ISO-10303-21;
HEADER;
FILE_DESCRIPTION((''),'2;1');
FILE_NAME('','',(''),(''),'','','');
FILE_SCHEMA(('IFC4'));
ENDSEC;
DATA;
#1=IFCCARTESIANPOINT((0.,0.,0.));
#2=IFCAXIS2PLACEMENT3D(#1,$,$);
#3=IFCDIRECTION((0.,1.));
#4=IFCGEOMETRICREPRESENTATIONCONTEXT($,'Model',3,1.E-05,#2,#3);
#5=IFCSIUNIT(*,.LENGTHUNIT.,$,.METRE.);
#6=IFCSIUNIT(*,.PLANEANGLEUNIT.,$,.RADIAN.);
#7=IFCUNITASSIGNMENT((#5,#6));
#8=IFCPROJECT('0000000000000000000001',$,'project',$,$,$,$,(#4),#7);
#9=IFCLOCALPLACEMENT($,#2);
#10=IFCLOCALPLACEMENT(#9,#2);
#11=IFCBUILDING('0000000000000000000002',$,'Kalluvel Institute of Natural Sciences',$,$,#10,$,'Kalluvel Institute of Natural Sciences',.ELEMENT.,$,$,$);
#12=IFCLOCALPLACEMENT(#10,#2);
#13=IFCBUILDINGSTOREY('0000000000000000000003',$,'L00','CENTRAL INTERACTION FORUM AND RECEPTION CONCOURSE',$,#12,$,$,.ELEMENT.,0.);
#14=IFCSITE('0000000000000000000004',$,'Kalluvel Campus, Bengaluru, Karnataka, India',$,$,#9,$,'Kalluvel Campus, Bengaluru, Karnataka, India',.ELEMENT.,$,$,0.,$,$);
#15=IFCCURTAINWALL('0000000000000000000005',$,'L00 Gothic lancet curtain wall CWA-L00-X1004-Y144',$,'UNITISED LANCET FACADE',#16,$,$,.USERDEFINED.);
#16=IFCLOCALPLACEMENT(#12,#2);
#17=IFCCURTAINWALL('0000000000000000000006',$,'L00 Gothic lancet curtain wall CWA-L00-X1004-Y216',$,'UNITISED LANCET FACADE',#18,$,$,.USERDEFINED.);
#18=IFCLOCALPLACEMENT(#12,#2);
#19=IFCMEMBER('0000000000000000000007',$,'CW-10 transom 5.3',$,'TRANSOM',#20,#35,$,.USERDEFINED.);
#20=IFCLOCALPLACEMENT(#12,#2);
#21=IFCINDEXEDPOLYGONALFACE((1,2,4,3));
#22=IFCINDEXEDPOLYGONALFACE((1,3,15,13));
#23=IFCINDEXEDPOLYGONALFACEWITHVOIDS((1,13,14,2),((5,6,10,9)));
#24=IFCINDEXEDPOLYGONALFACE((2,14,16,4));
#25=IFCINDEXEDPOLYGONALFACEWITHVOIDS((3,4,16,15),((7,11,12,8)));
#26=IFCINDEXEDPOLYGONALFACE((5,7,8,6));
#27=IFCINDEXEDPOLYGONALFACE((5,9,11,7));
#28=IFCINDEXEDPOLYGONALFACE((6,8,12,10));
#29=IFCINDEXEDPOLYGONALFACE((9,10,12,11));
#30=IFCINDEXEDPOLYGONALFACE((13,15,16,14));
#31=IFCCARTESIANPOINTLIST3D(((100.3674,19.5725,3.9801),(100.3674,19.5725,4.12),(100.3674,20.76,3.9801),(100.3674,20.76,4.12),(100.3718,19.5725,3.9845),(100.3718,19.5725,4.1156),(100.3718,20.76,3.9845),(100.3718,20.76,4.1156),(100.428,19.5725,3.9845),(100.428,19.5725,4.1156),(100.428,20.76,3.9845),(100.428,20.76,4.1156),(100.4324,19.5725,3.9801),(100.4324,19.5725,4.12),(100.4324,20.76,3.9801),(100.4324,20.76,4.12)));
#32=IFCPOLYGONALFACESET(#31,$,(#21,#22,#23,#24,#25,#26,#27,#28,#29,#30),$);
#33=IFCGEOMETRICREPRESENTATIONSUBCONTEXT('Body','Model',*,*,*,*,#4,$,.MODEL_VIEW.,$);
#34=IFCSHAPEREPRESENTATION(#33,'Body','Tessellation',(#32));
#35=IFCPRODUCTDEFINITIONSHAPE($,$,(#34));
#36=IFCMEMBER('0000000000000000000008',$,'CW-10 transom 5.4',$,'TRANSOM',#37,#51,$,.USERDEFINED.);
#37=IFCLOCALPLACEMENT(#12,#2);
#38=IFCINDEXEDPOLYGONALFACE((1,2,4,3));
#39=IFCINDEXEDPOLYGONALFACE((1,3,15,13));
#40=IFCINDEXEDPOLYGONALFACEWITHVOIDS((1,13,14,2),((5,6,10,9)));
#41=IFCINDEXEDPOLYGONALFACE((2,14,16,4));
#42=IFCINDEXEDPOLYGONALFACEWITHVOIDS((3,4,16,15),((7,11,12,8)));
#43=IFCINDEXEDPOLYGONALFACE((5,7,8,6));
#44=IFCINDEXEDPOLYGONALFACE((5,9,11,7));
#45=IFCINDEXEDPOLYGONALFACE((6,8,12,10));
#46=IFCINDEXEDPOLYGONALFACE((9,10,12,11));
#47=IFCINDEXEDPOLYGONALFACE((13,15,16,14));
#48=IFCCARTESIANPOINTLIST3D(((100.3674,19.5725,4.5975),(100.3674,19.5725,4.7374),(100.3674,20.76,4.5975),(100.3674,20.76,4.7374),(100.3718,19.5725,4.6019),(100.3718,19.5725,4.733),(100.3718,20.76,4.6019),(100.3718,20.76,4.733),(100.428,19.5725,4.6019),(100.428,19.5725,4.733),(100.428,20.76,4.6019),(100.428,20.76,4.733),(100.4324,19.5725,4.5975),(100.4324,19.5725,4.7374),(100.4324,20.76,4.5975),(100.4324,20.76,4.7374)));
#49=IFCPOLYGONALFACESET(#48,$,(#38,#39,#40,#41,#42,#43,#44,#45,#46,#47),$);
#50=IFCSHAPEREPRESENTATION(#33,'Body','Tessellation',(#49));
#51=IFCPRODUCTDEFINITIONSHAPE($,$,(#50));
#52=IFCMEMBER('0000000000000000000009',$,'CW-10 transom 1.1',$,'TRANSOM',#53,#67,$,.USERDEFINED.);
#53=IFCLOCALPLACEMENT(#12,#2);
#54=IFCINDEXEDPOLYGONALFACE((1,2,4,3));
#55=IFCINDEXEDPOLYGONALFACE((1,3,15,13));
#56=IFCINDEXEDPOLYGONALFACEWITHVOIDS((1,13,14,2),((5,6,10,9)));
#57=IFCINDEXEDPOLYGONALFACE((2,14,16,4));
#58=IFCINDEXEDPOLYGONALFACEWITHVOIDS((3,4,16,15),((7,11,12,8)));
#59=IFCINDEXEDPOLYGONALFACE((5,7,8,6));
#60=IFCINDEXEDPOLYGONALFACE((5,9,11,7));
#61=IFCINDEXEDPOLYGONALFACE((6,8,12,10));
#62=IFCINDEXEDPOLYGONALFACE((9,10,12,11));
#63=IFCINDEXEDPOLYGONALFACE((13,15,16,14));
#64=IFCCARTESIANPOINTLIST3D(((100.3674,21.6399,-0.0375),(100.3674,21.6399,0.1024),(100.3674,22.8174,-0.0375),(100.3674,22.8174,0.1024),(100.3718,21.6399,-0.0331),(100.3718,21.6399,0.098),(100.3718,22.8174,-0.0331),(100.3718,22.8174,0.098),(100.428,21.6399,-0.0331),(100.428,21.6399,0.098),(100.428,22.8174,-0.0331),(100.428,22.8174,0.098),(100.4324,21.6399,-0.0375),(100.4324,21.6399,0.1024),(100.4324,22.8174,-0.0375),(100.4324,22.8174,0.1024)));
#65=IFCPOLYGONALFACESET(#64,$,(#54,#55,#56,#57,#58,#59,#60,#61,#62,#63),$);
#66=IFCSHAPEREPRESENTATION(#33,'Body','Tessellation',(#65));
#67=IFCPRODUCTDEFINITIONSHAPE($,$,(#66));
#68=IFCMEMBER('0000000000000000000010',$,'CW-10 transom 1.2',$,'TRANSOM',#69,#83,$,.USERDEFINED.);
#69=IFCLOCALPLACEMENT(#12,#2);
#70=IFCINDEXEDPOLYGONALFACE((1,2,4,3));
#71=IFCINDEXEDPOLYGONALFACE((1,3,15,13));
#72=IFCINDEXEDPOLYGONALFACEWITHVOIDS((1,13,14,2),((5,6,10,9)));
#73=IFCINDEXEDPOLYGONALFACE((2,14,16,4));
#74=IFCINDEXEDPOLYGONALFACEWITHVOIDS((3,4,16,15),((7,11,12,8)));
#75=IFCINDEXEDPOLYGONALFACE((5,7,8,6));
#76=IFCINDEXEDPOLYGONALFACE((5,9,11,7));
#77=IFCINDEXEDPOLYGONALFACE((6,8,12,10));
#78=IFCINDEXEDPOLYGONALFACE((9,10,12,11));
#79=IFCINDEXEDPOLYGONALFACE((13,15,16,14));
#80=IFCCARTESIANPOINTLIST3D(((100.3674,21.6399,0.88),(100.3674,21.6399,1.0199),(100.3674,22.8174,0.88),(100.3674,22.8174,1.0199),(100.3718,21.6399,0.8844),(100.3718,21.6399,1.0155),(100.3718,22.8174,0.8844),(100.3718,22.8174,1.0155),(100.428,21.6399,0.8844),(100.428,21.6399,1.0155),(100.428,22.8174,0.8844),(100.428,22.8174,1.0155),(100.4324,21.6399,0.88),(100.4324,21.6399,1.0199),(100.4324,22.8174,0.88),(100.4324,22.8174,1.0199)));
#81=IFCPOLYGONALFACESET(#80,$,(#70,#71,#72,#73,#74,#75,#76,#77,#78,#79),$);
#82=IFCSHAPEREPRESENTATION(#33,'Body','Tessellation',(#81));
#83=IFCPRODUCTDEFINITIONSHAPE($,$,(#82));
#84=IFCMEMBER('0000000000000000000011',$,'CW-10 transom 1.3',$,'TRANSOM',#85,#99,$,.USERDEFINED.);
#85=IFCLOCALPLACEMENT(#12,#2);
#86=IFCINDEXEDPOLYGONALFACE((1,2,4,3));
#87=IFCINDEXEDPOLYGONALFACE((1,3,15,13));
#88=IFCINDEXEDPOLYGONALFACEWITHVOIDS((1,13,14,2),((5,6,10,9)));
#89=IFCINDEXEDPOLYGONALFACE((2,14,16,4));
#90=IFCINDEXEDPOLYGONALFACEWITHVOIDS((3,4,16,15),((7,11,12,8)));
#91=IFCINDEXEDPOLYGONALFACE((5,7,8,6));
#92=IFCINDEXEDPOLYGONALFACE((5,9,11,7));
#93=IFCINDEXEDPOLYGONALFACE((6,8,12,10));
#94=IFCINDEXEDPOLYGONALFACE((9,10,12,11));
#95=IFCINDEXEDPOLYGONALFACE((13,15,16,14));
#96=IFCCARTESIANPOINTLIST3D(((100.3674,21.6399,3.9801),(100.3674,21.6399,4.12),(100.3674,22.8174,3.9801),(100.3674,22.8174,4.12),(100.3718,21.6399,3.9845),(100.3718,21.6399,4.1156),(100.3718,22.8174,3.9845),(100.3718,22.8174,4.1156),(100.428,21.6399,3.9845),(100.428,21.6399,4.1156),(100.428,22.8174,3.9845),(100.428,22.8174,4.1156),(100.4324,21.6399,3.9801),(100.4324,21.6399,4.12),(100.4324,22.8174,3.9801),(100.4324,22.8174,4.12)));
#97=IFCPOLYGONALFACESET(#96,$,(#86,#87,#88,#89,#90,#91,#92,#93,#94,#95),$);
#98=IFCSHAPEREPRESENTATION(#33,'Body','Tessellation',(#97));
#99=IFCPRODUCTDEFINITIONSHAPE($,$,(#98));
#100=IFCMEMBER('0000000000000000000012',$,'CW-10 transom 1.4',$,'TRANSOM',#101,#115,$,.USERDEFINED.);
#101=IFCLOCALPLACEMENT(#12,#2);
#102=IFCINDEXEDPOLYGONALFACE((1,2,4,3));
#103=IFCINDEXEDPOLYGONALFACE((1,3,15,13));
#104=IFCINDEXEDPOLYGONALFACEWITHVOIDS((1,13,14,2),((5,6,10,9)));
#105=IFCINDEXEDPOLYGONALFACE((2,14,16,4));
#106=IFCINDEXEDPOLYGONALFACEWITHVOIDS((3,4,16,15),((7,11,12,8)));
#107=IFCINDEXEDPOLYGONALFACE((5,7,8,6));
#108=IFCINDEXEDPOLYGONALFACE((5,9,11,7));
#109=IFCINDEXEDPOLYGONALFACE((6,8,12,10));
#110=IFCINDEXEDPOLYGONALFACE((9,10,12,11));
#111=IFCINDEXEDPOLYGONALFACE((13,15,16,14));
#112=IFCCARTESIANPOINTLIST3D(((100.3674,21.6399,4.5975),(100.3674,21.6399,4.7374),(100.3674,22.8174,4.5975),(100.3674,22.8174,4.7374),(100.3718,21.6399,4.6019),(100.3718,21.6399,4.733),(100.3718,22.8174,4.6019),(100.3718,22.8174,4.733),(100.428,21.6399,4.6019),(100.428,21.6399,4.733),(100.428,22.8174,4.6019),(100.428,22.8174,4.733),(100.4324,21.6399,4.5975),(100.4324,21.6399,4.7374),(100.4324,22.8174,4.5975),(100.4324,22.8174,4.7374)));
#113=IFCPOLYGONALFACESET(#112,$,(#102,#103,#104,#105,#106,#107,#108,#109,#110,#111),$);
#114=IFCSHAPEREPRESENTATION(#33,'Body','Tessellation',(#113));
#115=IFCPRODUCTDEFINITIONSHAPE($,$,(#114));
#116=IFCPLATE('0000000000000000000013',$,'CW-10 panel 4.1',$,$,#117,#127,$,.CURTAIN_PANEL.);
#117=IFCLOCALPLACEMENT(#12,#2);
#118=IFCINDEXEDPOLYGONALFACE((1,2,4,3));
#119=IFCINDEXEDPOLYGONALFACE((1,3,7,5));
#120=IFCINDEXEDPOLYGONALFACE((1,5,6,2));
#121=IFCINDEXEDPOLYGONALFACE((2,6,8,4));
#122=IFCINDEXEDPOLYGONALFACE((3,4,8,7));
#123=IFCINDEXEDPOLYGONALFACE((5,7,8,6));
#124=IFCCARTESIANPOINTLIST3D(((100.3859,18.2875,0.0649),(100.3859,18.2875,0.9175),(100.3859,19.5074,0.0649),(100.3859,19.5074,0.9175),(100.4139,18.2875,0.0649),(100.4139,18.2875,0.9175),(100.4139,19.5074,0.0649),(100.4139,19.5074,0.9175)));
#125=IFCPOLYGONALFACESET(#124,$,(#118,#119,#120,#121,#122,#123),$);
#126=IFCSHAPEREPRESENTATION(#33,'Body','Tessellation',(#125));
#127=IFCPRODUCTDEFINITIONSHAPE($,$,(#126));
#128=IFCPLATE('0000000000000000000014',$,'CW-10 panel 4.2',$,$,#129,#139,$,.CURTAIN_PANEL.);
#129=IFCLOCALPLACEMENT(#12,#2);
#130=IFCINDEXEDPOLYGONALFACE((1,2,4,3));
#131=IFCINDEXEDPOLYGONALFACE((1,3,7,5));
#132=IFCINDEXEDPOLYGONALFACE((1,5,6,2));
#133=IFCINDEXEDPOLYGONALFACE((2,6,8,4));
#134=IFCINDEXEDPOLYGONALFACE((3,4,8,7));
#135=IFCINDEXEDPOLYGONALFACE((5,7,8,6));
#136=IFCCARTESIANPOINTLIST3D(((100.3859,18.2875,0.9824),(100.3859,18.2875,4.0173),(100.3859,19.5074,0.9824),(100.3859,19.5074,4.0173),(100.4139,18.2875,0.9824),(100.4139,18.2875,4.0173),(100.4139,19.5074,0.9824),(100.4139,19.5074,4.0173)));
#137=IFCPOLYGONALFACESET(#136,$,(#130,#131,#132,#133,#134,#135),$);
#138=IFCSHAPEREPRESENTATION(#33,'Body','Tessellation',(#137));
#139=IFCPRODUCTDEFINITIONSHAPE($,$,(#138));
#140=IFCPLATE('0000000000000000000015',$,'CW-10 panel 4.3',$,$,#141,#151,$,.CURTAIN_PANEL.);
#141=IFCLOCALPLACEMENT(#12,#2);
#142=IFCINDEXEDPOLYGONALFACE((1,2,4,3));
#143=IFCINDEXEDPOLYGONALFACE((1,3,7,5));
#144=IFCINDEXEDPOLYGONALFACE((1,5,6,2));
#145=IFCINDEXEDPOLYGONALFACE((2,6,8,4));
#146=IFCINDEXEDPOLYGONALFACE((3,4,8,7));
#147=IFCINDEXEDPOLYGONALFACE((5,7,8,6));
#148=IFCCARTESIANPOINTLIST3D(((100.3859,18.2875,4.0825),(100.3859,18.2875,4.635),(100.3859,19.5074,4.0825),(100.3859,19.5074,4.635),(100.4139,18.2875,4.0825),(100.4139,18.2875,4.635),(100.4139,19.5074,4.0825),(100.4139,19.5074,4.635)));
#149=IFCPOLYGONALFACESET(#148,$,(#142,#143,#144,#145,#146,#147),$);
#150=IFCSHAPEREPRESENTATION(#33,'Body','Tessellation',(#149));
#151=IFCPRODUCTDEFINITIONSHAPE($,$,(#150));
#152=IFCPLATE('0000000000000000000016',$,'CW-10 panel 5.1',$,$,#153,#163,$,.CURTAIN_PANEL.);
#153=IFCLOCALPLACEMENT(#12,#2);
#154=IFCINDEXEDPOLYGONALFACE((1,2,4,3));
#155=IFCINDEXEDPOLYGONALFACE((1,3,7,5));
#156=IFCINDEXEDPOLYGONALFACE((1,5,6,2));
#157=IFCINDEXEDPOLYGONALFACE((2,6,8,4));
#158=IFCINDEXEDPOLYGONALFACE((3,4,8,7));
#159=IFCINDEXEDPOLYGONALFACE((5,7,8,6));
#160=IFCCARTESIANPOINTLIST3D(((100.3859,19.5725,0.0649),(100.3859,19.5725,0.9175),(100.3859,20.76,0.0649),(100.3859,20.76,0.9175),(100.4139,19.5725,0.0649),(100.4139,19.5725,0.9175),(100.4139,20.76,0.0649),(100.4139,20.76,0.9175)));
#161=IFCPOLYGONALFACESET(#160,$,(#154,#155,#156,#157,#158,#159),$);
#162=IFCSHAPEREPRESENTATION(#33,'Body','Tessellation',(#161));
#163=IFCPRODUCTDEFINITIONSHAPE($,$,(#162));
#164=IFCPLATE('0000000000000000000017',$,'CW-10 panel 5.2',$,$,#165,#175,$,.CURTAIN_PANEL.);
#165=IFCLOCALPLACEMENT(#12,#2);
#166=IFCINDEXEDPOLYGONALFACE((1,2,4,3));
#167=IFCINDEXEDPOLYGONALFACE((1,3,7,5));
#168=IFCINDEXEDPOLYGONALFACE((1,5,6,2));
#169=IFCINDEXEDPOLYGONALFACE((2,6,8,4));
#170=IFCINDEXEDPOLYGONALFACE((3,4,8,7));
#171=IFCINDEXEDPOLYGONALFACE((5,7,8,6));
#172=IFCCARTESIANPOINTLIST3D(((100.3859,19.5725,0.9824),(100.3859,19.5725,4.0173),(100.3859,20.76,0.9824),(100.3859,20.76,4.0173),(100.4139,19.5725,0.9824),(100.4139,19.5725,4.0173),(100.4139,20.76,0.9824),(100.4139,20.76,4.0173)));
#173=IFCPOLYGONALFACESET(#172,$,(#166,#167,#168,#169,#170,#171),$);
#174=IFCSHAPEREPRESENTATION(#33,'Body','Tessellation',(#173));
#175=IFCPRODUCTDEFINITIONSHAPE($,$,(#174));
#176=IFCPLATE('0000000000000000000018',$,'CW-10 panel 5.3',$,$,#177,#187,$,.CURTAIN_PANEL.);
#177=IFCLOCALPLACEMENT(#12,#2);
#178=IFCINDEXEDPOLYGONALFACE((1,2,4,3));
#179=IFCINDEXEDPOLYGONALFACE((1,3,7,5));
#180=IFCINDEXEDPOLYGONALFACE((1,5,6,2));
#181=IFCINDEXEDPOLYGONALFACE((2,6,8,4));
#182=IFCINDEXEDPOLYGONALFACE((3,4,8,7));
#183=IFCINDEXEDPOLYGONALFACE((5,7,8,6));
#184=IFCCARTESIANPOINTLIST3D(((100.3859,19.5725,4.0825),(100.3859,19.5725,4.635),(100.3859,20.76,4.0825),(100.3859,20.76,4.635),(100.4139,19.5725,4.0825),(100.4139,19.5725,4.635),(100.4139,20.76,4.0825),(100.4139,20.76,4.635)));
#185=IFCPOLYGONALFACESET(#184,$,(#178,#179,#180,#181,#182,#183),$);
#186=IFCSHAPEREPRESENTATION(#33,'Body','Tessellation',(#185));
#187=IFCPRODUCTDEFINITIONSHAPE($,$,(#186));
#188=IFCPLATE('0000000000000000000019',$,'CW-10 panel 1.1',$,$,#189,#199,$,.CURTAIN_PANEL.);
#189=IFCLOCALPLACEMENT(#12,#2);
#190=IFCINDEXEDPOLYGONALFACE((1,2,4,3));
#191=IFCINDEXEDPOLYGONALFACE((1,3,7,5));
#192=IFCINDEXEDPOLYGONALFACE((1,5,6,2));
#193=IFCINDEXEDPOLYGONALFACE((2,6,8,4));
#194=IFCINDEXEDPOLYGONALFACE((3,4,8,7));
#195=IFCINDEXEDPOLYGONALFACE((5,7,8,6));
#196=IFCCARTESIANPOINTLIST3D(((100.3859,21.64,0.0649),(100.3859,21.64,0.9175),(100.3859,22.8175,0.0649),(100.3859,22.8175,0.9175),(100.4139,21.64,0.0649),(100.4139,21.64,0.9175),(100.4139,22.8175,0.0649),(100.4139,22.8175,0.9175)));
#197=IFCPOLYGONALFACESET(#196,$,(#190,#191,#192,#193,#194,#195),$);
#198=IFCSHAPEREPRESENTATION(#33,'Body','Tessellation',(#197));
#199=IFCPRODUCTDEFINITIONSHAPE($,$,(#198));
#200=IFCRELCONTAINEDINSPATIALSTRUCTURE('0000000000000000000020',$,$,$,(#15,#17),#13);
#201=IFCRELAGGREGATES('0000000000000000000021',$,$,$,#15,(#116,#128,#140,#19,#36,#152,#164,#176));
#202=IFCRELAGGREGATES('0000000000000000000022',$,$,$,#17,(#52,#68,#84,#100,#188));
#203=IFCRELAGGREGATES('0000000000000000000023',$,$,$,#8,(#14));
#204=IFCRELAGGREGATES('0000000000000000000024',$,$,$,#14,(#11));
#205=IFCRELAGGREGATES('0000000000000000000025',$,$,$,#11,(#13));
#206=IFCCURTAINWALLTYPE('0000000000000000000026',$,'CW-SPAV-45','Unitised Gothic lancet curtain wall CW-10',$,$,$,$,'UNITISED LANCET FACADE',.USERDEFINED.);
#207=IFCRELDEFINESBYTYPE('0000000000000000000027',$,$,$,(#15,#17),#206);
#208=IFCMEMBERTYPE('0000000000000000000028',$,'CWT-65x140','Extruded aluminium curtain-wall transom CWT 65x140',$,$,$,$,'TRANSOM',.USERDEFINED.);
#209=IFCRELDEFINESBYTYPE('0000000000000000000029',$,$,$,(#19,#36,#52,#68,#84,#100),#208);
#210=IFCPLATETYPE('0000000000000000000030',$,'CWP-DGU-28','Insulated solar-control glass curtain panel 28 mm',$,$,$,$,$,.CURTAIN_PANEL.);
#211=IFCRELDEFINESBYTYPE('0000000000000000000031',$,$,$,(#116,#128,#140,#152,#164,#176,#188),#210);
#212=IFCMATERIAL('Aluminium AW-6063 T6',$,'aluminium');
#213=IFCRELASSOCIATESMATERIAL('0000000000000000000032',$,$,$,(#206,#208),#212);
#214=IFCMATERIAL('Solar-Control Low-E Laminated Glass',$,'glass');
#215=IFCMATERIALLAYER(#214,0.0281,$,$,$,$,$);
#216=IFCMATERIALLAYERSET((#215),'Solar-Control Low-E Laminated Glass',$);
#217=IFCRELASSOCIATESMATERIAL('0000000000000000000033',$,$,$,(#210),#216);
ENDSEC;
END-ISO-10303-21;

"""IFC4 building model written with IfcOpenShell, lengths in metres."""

from ifc_helpers import new_model, si_unit, direction, frame, origin, origin_2d, place, context, subcontext, project, spatial, rectangle, hollow_rectangle, extrude, material, layer, layer_set, material_profile, profile_set, type_object, element, aggregate, save


model = new_model("IFC4")

# Units and contexts
model_context = context("Model", 3, precision=1e-05, world=origin(), true_north=direction((0.0, 1.0)))
body_context = subcontext(model_context, "Body", "Model", "MODEL_VIEW")
ifc_project = project(units=[si_unit("LENGTHUNIT", "METRE"), si_unit("PLANEANGLEUNIT", "RADIAN")], contexts=[model_context])

# Site, building, storey
site_placement = place(None, origin())
site = spatial("IfcSite", under=ifc_project, at=site_placement, Name="Kalluvel Campus, Bengaluru, Karnataka, India", LongName="Kalluvel Campus, Bengaluru, Karnataka, India", CompositionType="ELEMENT", RefElevation=0.0)
building_placement = place(site_placement, origin())
building = spatial("IfcBuilding", under=site, at=building_placement, Name="Kalluvel Institute of Natural Sciences", LongName="Kalluvel Institute of Natural Sciences", CompositionType="ELEMENT")
storey_placement = place(building_placement, origin())
storey = spatial("IfcBuildingStorey", under=building, at=storey_placement, Name="L00", Description="CENTRAL INTERACTION FORUM AND RECEPTION CONCOURSE", CompositionType="ELEMENT", Elevation=0.0)

# Curtain walls
ifc_material_1 = material(Name="Aluminium AW-6063 T6", Category="aluminium")
curtain_wall_type = type_object("IfcCurtainWallType", Name="CW-SPAV-45", Description="Unitised Gothic lancet curtain wall CW-10", ElementType="UNITISED LANCET FACADE", PredefinedType="USERDEFINED", material=ifc_material_1)
curtain_wall_1_placement = place(storey_placement, origin())
curtain_wall_1 = element("IfcCurtainWall", 1, at=curtain_wall_1_placement, inside=storey, type_object=curtain_wall_type, Name="L00 Gothic lancet curtain wall CWA-L00-X1004-Y144", ObjectType="UNITISED LANCET FACADE", PredefinedType="USERDEFINED")
curtain_wall_2_placement = place(storey_placement, origin())
curtain_wall_2 = element("IfcCurtainWall", 2, at=curtain_wall_2_placement, inside=storey, type_object=curtain_wall_type, Name="L00 Gothic lancet curtain wall CWA-L00-X1004-Y216", ObjectType="UNITISED LANCET FACADE", PredefinedType="USERDEFINED")

# Members
ifc_material_profile_1 = material_profile(ifc_material_1, hollow_rectangle(XDim=0.0649, YDim=0.1399, WallThickness=0.0044, at=origin_2d()), Name="CWT 65x140")
ifc_profile_set_1 = profile_set([ifc_material_profile_1], Name="Aluminium AW-6063 T6")
member_type_1 = type_object("IfcMemberType", Name="CWT-65x140", Description="Extruded aluminium curtain-wall transom CWT 65x140", ElementType="TRANSOM", PredefinedType="USERDEFINED", material=ifc_profile_set_1)
member_1_placement = place(storey_placement, frame((100.3999, 19.5725, 4.05), z_axis=(0.0, 1.0, 0.0), x_axis=(-1.0, 0.0, 0.0)))
member_1 = element("IfcMember", 3, at=member_1_placement, type_object=member_type_1, Name="CW-10 transom 5.3", ObjectType="TRANSOM", PredefinedType="USERDEFINED", context=body_context, shape_type="SweptSolid", body=[
    extrude(hollow_rectangle(XDim=0.0649, YDim=0.1399, WallThickness=0.0044, at=origin_2d()), origin(), (0.0, 0.0, 1.0), 1.1875),
])
member_2_placement = place(storey_placement, frame((100.3999, 19.5725, 4.6675), z_axis=(0.0, 1.0, 0.0), x_axis=(-1.0, 0.0, 0.0)))
member_2 = element("IfcMember", 4, at=member_2_placement, type_object=member_type_1, Name="CW-10 transom 5.4", ObjectType="TRANSOM", PredefinedType="USERDEFINED", context=body_context, shape_type="SweptSolid", body=[
    extrude(hollow_rectangle(XDim=0.0649, YDim=0.1399, WallThickness=0.0044, at=origin_2d()), origin(), (0.0, 0.0, 1.0), 1.1875),
])
member_3_placement = place(storey_placement, frame((100.3999, 21.6399, 0.0325), z_axis=(0.0, 1.0, 0.0), x_axis=(-1.0, 0.0, 0.0)))
member_3 = element("IfcMember", 5, at=member_3_placement, type_object=member_type_1, Name="CW-10 transom 1.1", ObjectType="TRANSOM", PredefinedType="USERDEFINED", context=body_context, shape_type="SweptSolid", body=[
    extrude(hollow_rectangle(XDim=0.0649, YDim=0.1399, WallThickness=0.0044, at=origin_2d()), origin(), (0.0, 0.0, 1.0), 1.1775),
])
member_4_placement = place(storey_placement, frame((100.3999, 21.6399, 0.95), z_axis=(0.0, 1.0, 0.0), x_axis=(-1.0, 0.0, 0.0)))
member_4 = element("IfcMember", 6, at=member_4_placement, type_object=member_type_1, Name="CW-10 transom 1.2", ObjectType="TRANSOM", PredefinedType="USERDEFINED", context=body_context, shape_type="SweptSolid", body=[
    extrude(hollow_rectangle(XDim=0.0649, YDim=0.1399, WallThickness=0.0044, at=origin_2d()), origin(), (0.0, 0.0, 1.0), 1.1775),
])
member_5_placement = place(storey_placement, frame((100.3999, 21.6399, 4.05), z_axis=(0.0, 1.0, 0.0), x_axis=(-1.0, 0.0, 0.0)))
member_5 = element("IfcMember", 7, at=member_5_placement, type_object=member_type_1, Name="CW-10 transom 1.3", ObjectType="TRANSOM", PredefinedType="USERDEFINED", context=body_context, shape_type="SweptSolid", body=[
    extrude(hollow_rectangle(XDim=0.0649, YDim=0.1399, WallThickness=0.0044, at=origin_2d()), origin(), (0.0, 0.0, 1.0), 1.1775),
])
member_6_placement = place(storey_placement, frame((100.3999, 21.6399, 4.6675), z_axis=(0.0, 1.0, 0.0), x_axis=(-1.0, 0.0, 0.0)))
member_6 = element("IfcMember", 8, at=member_6_placement, type_object=member_type_1, Name="CW-10 transom 1.4", ObjectType="TRANSOM", PredefinedType="USERDEFINED", context=body_context, shape_type="SweptSolid", body=[
    extrude(hollow_rectangle(XDim=0.0649, YDim=0.1399, WallThickness=0.0044, at=origin_2d()), origin(), (0.0, 0.0, 1.0), 1.1775),
])

# Plates
ifc_material_2 = material(Name="Solar-Control Low-E Laminated Glass", Category="glass")
ifc_layer = layer(ifc_material_2, 0.0281)
ifc_layer_set = layer_set([ifc_layer], Name="Solar-Control Low-E Laminated Glass")
plate_type = type_object("IfcPlateType", Name="CWP-DGU-28", Description="Insulated solar-control glass curtain panel 28 mm", PredefinedType="CURTAIN_PANEL", material=ifc_layer_set)
plate_1_placement = place(storey_placement, frame((100.3999, 18.8975, 0.0649), z_axis=(0.0, 0.0, 1.0), x_axis=(0.0, 1.0, 0.0)))
plate_1 = element("IfcPlate", 9, at=plate_1_placement, type_object=plate_type, Name="CW-10 panel 4.1", PredefinedType="CURTAIN_PANEL", context=body_context, shape_type="SweptSolid", body=[
    extrude(rectangle(XDim=1.22, YDim=0.0281, at=origin_2d()), origin(), (0.0, 0.0, 1.0), 0.8525),
])
plate_2_placement = place(storey_placement, frame((100.3999, 18.8975, 0.9824), z_axis=(0.0, 0.0, 1.0), x_axis=(0.0, 1.0, 0.0)))
plate_2 = element("IfcPlate", 10, at=plate_2_placement, type_object=plate_type, Name="CW-10 panel 4.2", PredefinedType="CURTAIN_PANEL", context=body_context, shape_type="SweptSolid", body=[
    extrude(rectangle(XDim=1.22, YDim=0.0281, at=origin_2d()), origin(), (0.0, 0.0, 1.0), 3.0349),
])
plate_3_placement = place(storey_placement, frame((100.3999, 18.8975, 4.0825), z_axis=(0.0, 0.0, 1.0), x_axis=(0.0, 1.0, 0.0)))
plate_3 = element("IfcPlate", 11, at=plate_3_placement, type_object=plate_type, Name="CW-10 panel 4.3", PredefinedType="CURTAIN_PANEL", context=body_context, shape_type="SweptSolid", body=[
    extrude(rectangle(XDim=1.22, YDim=0.0281, at=origin_2d()), origin(), (0.0, 0.0, 1.0), 0.5525),
])
plate_4_placement = place(storey_placement, frame((100.3999, 20.1663, 0.0649), z_axis=(0.0, 0.0, 1.0), x_axis=(0.0, 1.0, 0.0)))
plate_4 = element("IfcPlate", 12, at=plate_4_placement, type_object=plate_type, Name="CW-10 panel 5.1", PredefinedType="CURTAIN_PANEL", context=body_context, shape_type="SweptSolid", body=[
    extrude(rectangle(XDim=1.1875, YDim=0.0281, at=origin_2d()), origin(), (0.0, 0.0, 1.0), 0.8525),
])
plate_5_placement = place(storey_placement, frame((100.3999, 20.1663, 0.9824), z_axis=(0.0, 0.0, 1.0), x_axis=(0.0, 1.0, 0.0)))
plate_5 = element("IfcPlate", 13, at=plate_5_placement, type_object=plate_type, Name="CW-10 panel 5.2", PredefinedType="CURTAIN_PANEL", context=body_context, shape_type="SweptSolid", body=[
    extrude(rectangle(XDim=1.1875, YDim=0.0281, at=origin_2d()), origin(), (0.0, 0.0, 1.0), 3.0349),
])
plate_6_placement = place(storey_placement, frame((100.3999, 20.1663, 4.0825), z_axis=(0.0, 0.0, 1.0), x_axis=(0.0, 1.0, 0.0)))
plate_6 = element("IfcPlate", 14, at=plate_6_placement, type_object=plate_type, Name="CW-10 panel 5.3", PredefinedType="CURTAIN_PANEL", context=body_context, shape_type="SweptSolid", body=[
    extrude(rectangle(XDim=1.1875, YDim=0.0281, at=origin_2d()), origin(), (0.0, 0.0, 1.0), 0.5525),
])
aggregate(curtain_wall_1, [plate_1, plate_2, plate_3, member_1, member_2, plate_4, plate_5, plate_6])
plate_7_placement = place(storey_placement, frame((100.3999, 22.2288, 0.0649), z_axis=(0.0, 0.0, 1.0), x_axis=(0.0, 1.0, 0.0)))
plate_7 = element("IfcPlate", 15, at=plate_7_placement, type_object=plate_type, Name="CW-10 panel 1.1", PredefinedType="CURTAIN_PANEL", context=body_context, shape_type="SweptSolid", body=[
    extrude(rectangle(XDim=1.1775, YDim=0.0281, at=origin_2d()), origin(), (0.0, 0.0, 1.0), 0.8525),
])
aggregate(curtain_wall_2, [member_3, member_4, member_5, member_6, plate_7])

save(model, "model.ifc")
